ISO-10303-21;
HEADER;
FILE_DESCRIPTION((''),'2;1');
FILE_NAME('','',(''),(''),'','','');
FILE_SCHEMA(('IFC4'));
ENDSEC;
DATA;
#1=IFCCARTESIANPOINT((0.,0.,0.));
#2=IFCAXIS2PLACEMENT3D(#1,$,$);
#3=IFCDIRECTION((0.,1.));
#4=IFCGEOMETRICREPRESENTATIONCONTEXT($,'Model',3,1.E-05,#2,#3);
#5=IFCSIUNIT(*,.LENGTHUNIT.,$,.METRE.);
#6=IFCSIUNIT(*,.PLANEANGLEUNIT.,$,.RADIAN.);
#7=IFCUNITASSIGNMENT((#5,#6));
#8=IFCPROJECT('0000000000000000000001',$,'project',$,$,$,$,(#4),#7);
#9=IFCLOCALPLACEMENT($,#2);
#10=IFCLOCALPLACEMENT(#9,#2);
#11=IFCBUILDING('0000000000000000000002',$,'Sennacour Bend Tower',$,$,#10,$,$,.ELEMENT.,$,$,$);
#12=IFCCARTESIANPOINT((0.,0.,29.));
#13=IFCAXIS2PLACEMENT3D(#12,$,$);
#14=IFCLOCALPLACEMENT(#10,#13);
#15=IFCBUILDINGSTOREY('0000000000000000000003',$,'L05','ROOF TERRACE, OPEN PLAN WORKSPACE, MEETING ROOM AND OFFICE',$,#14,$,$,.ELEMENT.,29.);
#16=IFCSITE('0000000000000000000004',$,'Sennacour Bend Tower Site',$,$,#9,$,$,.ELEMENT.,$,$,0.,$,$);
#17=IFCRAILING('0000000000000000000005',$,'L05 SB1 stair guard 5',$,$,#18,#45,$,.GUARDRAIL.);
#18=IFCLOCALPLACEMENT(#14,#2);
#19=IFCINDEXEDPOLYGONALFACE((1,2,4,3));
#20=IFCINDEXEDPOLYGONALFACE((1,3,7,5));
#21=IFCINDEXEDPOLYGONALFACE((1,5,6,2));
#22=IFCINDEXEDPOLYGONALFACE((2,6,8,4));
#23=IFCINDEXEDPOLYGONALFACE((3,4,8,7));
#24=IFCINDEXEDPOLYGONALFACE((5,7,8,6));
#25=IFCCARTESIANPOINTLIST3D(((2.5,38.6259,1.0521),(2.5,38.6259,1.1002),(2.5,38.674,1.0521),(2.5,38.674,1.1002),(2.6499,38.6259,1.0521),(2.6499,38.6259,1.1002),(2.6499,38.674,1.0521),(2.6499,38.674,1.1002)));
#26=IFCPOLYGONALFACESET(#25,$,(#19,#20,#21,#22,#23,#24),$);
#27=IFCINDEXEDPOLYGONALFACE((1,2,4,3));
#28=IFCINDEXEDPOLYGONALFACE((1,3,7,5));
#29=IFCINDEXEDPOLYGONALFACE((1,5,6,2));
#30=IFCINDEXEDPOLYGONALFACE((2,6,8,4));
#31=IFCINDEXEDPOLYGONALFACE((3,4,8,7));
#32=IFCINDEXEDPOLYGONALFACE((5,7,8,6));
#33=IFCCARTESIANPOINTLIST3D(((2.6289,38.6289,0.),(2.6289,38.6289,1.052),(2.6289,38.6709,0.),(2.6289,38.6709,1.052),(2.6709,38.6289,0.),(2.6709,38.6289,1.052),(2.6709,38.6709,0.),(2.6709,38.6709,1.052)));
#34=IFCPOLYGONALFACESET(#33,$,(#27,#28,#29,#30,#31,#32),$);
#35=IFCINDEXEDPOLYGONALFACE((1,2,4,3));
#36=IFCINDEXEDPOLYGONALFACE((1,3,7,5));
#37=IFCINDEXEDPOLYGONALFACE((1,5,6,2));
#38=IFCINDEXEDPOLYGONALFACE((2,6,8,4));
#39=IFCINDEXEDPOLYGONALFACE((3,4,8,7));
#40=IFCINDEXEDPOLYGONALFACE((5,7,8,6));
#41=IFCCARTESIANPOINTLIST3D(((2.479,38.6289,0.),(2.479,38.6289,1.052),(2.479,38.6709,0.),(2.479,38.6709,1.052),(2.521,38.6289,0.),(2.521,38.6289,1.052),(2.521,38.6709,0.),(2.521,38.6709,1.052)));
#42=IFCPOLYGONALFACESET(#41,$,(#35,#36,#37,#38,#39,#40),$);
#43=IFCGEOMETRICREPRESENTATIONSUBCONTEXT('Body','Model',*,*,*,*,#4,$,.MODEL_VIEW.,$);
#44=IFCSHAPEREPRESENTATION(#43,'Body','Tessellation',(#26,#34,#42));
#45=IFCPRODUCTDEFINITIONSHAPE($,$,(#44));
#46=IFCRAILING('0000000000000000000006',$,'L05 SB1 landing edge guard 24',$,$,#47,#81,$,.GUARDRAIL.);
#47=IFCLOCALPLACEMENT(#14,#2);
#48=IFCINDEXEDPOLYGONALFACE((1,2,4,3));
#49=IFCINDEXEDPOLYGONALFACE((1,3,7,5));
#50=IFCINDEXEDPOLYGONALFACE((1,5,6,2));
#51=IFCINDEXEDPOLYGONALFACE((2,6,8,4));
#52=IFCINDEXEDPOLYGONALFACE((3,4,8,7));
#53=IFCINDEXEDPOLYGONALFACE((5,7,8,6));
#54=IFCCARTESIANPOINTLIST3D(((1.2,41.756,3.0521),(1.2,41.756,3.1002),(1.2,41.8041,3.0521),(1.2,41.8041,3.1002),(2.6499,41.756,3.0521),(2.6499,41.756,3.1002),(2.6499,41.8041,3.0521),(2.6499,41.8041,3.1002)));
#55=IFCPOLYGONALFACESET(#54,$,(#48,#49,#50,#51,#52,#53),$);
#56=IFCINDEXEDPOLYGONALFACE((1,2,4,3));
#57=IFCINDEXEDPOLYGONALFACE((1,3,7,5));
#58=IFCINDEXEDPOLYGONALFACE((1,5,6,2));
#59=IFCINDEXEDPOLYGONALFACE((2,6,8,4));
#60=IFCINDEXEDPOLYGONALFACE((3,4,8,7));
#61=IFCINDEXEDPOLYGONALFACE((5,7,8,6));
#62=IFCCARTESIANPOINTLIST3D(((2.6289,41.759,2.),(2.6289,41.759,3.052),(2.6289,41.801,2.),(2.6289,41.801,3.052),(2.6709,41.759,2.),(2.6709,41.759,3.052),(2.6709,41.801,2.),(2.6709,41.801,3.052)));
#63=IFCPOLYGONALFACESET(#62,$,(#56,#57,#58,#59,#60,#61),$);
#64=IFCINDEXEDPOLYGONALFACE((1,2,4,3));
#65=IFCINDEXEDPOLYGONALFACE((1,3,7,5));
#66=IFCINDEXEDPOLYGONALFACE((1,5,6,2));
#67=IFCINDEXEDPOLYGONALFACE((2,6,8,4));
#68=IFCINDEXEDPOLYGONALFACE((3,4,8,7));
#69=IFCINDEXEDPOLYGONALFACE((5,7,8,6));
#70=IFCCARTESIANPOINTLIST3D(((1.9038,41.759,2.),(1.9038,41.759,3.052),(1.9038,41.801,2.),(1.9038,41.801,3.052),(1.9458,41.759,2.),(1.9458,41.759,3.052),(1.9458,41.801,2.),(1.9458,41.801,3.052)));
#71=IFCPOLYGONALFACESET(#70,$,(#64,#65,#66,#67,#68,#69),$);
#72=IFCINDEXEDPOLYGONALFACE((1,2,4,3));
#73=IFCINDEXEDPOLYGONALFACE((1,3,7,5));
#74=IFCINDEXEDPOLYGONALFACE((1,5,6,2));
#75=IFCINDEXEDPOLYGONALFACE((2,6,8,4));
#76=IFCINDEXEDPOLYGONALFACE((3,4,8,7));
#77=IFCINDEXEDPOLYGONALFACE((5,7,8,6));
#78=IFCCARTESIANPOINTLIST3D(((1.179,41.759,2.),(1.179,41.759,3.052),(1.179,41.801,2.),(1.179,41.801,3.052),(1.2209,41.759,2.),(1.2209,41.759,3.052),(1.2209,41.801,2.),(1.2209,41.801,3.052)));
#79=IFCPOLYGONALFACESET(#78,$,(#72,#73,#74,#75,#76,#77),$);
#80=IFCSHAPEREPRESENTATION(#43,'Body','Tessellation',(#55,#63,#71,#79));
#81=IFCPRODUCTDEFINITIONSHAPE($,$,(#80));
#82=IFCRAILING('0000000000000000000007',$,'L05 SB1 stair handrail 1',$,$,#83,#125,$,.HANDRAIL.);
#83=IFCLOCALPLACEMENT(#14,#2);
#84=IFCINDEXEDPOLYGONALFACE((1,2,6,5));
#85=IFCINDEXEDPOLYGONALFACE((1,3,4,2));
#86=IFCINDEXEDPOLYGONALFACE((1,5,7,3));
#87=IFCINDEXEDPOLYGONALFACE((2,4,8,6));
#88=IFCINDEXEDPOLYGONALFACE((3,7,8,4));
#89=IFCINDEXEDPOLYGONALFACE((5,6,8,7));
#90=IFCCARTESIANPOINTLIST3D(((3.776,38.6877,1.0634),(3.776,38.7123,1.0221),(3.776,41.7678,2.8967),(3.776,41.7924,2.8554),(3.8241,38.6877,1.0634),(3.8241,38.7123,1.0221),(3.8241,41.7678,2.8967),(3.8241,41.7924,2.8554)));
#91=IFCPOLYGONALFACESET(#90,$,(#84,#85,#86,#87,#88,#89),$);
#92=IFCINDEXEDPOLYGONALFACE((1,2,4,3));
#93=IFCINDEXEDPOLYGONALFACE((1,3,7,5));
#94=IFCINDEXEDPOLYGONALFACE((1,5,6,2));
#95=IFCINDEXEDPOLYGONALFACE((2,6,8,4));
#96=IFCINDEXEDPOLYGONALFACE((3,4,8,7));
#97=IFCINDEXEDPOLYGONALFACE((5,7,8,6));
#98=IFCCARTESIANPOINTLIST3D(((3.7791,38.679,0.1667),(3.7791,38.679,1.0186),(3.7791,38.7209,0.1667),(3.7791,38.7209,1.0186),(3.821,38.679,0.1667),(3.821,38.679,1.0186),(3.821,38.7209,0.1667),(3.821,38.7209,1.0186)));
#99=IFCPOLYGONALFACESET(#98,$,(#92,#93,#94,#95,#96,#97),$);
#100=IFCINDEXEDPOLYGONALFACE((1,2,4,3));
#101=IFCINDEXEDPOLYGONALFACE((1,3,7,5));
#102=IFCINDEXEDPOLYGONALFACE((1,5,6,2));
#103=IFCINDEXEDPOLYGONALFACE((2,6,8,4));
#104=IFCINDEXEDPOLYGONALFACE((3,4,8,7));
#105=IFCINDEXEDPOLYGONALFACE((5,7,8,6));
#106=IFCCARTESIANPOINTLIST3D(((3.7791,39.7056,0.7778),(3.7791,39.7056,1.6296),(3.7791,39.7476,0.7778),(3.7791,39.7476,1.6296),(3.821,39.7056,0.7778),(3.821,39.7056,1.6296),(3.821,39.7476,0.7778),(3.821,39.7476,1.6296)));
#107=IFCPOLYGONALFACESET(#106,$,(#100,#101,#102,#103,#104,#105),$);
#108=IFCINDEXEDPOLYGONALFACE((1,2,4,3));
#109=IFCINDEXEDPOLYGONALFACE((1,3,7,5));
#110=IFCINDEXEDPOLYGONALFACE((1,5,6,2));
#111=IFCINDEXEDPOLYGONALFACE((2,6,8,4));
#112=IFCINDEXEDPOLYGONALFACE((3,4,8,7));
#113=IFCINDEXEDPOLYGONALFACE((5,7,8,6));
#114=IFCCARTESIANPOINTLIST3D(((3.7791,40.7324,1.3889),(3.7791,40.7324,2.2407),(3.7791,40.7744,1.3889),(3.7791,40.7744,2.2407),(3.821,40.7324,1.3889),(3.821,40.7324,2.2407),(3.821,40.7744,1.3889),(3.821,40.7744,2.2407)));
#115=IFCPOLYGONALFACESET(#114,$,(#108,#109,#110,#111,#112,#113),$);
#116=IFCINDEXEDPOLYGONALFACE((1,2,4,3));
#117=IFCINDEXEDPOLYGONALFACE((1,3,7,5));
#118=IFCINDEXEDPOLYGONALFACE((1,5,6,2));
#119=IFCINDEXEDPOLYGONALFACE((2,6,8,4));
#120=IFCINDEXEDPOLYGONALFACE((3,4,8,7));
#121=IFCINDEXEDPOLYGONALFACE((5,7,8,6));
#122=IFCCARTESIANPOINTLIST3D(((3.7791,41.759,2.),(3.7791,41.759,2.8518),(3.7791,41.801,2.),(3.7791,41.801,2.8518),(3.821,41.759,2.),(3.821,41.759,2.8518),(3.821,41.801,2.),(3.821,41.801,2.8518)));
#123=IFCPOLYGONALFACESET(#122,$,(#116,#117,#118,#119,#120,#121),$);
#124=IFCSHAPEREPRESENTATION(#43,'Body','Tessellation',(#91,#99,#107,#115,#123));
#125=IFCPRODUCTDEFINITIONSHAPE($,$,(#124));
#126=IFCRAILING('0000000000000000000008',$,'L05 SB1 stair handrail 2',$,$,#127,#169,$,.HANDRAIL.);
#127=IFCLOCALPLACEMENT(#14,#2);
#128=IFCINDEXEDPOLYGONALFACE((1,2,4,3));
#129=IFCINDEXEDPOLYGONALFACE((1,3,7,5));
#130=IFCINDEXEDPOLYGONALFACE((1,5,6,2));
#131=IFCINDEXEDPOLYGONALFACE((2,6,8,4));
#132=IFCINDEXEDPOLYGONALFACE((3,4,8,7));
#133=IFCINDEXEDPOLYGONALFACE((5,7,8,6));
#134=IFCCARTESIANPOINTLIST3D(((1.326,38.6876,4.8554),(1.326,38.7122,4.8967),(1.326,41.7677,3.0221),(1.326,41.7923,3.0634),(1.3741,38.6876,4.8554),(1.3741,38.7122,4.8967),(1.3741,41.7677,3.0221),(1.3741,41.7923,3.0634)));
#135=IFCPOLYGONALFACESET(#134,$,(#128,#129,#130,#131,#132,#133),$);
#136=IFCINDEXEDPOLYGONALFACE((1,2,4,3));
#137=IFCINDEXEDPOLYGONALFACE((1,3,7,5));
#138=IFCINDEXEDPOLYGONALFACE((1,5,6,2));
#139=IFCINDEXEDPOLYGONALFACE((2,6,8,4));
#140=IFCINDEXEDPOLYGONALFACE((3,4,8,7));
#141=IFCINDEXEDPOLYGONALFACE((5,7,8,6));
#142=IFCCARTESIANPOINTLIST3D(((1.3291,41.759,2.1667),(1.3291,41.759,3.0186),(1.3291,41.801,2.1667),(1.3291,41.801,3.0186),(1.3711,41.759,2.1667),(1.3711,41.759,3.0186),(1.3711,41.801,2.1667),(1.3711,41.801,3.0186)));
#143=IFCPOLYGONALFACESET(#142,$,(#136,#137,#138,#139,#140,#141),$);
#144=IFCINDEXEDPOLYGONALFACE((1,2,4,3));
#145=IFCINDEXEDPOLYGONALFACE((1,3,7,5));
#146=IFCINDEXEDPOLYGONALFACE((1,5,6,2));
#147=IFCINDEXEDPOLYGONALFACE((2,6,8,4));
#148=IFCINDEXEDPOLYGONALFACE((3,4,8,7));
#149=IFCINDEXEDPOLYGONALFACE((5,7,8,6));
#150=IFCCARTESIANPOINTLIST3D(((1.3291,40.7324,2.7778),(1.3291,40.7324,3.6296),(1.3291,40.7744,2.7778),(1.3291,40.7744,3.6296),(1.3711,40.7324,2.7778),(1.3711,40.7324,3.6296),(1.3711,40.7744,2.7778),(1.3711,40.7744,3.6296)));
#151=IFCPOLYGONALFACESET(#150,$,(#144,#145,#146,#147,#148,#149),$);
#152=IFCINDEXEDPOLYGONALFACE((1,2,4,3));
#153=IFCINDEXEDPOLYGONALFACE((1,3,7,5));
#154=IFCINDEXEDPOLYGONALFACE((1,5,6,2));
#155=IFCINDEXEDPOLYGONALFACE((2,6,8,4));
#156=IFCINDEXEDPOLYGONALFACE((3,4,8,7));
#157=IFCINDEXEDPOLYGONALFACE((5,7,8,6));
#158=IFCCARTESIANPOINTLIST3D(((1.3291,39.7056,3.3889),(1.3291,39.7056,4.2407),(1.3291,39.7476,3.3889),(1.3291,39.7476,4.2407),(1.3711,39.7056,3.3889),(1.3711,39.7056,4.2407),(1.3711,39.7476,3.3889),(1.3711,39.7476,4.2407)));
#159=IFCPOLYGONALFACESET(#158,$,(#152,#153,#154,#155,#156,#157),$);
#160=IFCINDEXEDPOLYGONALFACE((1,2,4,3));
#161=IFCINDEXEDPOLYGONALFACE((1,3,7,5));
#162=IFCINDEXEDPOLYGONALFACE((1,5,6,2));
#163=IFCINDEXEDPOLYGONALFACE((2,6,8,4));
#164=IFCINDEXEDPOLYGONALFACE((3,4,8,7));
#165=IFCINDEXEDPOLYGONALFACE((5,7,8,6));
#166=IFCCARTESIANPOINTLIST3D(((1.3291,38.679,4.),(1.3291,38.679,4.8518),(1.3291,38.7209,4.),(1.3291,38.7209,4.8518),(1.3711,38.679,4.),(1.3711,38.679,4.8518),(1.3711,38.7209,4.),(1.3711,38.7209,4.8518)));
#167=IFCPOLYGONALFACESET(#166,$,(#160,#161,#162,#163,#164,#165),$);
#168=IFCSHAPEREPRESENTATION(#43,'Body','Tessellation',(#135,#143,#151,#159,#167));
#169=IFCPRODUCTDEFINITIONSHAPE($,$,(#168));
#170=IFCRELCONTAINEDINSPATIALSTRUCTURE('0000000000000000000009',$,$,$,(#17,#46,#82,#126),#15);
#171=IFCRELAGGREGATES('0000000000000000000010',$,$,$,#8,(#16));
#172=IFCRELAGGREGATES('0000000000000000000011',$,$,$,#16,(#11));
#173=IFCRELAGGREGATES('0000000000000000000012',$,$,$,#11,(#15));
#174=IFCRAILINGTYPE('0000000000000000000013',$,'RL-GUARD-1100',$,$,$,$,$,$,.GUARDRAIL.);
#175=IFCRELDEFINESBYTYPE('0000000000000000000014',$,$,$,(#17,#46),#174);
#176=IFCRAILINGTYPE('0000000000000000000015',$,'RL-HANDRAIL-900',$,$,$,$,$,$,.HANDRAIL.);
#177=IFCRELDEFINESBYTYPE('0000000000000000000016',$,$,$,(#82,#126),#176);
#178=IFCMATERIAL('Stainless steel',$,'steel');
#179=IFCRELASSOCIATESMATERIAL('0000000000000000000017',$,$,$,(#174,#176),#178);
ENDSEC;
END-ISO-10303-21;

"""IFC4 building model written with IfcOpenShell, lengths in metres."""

from ifc_helpers import new_model, si_unit, direction, frame, origin, origin_2d, place, context, subcontext, project, spatial, rectangle, extrude, material, type_object, element, save


model = new_model("IFC4")

# Units and contexts
model_context = context("Model", 3, precision=1e-05, world=origin(), true_north=direction((0.0, 1.0)))
body_context = subcontext(model_context, "Body", "Model", "MODEL_VIEW")
ifc_project = project(units=[si_unit("LENGTHUNIT", "METRE"), si_unit("PLANEANGLEUNIT", "RADIAN")], contexts=[model_context])

# Site, building, storey
site_placement = place(None, origin())
site = spatial("IfcSite", under=ifc_project, at=site_placement, Name="Sennacour Bend Tower Site", CompositionType="ELEMENT", RefElevation=0.0)
building_placement = place(site_placement, origin())
building = spatial("IfcBuilding", under=site, at=building_placement, Name="Sennacour Bend Tower", CompositionType="ELEMENT")
storey_placement = place(building_placement, frame((0.0, 0.0, 29.0)))
storey = spatial("IfcBuildingStorey", under=building, at=storey_placement, Name="L05", Description="ROOF TERRACE, OPEN PLAN WORKSPACE, MEETING ROOM AND OFFICE", CompositionType="ELEMENT", Elevation=29.0)

# Railings
ifc_material_1 = material(Name="Stainless steel", Category="steel")
railing_type_1 = type_object("IfcRailingType", Name="RL-GUARD-1100", PredefinedType="GUARDRAIL", material=ifc_material_1)
railing_1_placement = place(storey_placement, frame((2.6499, 38.6499, 0.0)))
element("IfcRailing", 1, at=railing_1_placement, inside=storey, type_object=railing_type_1, Name="L05 SB1 stair guard 5", PredefinedType="GUARDRAIL", context=body_context, shape_type="SweptSolid", body=[
    extrude(rectangle(XDim=0.0481, YDim=0.0481, at=origin_2d()), frame((0.0, 0.0, 1.0762), z_axis=(-1.0, 0.0, 0.0), x_axis=(0.0, -1.0, 0.0)), (0.0, 0.0, 1.0), 0.1499),
    extrude(rectangle(XDim=0.042, YDim=0.042, at=origin_2d()), origin(), (0.0, 0.0, 1.0), 1.052),
    extrude(rectangle(XDim=0.042, YDim=0.042, at=origin_2d()), frame((-0.1499, 0.0, 0.0)), (0.0, 0.0, 1.0), 1.052),
])
railing_2_placement = place(storey_placement, frame((2.6499, 41.78, 2.0)))
element("IfcRailing", 2, at=railing_2_placement, inside=storey, type_object=railing_type_1, Name="L05 SB1 landing edge guard 24", PredefinedType="GUARDRAIL", context=body_context, shape_type="SweptSolid", body=[
    extrude(rectangle(XDim=0.0481, YDim=0.0481, at=origin_2d()), frame((0.0, 0.0, 1.0762), z_axis=(-1.0, 0.0, 0.0), x_axis=(0.0, -1.0, 0.0)), (0.0, 0.0, 1.0), 1.45),
    extrude(rectangle(XDim=0.042, YDim=0.042, at=origin_2d()), origin(), (0.0, 0.0, 1.0), 1.052),
    extrude(rectangle(XDim=0.042, YDim=0.042, at=origin_2d()), frame((-0.7251, 0.0, 0.0)), (0.0, 0.0, 1.0), 1.052),
    extrude(rectangle(XDim=0.042, YDim=0.042, at=origin_2d()), frame((-1.45, 0.0, 0.0)), (0.0, 0.0, 1.0), 1.052),
])
railing_type_2 = type_object("IfcRailingType", Name="RL-HANDRAIL-900", PredefinedType="HANDRAIL", material=ifc_material_1)
railing_3_placement = place(storey_placement, frame((3.8, 38.7, 0.1667)))
element("IfcRailing", 3, at=railing_3_placement, inside=storey, type_object=railing_type_2, Name="L05 SB1 stair handrail 1", PredefinedType="HANDRAIL", context=body_context, shape_type="SweptSolid", body=[
    extrude(rectangle(XDim=0.0481, YDim=0.0481, at=origin_2d()), frame((0.0, 0.0, 0.876), z_axis=(0.0, 0.859309, 0.511458), x_axis=(-1.0, 0.0, 0.0)), (0.0, 0.0, 1.0), 3.5845),
    extrude(rectangle(XDim=0.042, YDim=0.042, at=origin_2d()), origin(), (0.0, 0.0, 1.0), 0.8518),
    extrude(rectangle(XDim=0.042, YDim=0.042, at=origin_2d()), frame((0.0, 1.0266, 0.6111)), (0.0, 0.0, 1.0), 0.8518),
    extrude(rectangle(XDim=0.042, YDim=0.042, at=origin_2d()), frame((0.0, 2.0535, 1.2222)), (0.0, 0.0, 1.0), 0.8518),
    extrude(rectangle(XDim=0.042, YDim=0.042, at=origin_2d()), frame((0.0, 3.0801, 1.8333)), (0.0, 0.0, 1.0), 0.8518),
])
railing_4_placement = place(storey_placement, frame((1.3501, 41.78, 2.1667)))
element("IfcRailing", 4, at=railing_4_placement, inside=storey, type_object=railing_type_2, Name="L05 SB1 stair handrail 2", PredefinedType="HANDRAIL", context=body_context, shape_type="SweptSolid", body=[
    extrude(rectangle(XDim=0.0481, YDim=0.0481, at=origin_2d()), frame((0.0, 0.0, 0.876), z_axis=(0.0, -0.859309, 0.511458), x_axis=(1.0, 0.0, 0.0)), (0.0, 0.0, 1.0), 3.5845),
    extrude(rectangle(XDim=0.042, YDim=0.042, at=origin_2d()), origin(), (0.0, 0.0, 1.0), 0.8518),
    extrude(rectangle(XDim=0.042, YDim=0.042, at=origin_2d()), frame((0.0, -1.0266, 0.6111)), (0.0, 0.0, 1.0), 0.8518),
    extrude(rectangle(XDim=0.042, YDim=0.042, at=origin_2d()), frame((0.0, -2.0535, 1.2222)), (0.0, 0.0, 1.0), 0.8518),
    extrude(rectangle(XDim=0.042, YDim=0.042, at=origin_2d()), frame((0.0, -3.0801, 1.8333)), (0.0, 0.0, 1.0), 0.8518),
])

save(model, "model.ifc")
